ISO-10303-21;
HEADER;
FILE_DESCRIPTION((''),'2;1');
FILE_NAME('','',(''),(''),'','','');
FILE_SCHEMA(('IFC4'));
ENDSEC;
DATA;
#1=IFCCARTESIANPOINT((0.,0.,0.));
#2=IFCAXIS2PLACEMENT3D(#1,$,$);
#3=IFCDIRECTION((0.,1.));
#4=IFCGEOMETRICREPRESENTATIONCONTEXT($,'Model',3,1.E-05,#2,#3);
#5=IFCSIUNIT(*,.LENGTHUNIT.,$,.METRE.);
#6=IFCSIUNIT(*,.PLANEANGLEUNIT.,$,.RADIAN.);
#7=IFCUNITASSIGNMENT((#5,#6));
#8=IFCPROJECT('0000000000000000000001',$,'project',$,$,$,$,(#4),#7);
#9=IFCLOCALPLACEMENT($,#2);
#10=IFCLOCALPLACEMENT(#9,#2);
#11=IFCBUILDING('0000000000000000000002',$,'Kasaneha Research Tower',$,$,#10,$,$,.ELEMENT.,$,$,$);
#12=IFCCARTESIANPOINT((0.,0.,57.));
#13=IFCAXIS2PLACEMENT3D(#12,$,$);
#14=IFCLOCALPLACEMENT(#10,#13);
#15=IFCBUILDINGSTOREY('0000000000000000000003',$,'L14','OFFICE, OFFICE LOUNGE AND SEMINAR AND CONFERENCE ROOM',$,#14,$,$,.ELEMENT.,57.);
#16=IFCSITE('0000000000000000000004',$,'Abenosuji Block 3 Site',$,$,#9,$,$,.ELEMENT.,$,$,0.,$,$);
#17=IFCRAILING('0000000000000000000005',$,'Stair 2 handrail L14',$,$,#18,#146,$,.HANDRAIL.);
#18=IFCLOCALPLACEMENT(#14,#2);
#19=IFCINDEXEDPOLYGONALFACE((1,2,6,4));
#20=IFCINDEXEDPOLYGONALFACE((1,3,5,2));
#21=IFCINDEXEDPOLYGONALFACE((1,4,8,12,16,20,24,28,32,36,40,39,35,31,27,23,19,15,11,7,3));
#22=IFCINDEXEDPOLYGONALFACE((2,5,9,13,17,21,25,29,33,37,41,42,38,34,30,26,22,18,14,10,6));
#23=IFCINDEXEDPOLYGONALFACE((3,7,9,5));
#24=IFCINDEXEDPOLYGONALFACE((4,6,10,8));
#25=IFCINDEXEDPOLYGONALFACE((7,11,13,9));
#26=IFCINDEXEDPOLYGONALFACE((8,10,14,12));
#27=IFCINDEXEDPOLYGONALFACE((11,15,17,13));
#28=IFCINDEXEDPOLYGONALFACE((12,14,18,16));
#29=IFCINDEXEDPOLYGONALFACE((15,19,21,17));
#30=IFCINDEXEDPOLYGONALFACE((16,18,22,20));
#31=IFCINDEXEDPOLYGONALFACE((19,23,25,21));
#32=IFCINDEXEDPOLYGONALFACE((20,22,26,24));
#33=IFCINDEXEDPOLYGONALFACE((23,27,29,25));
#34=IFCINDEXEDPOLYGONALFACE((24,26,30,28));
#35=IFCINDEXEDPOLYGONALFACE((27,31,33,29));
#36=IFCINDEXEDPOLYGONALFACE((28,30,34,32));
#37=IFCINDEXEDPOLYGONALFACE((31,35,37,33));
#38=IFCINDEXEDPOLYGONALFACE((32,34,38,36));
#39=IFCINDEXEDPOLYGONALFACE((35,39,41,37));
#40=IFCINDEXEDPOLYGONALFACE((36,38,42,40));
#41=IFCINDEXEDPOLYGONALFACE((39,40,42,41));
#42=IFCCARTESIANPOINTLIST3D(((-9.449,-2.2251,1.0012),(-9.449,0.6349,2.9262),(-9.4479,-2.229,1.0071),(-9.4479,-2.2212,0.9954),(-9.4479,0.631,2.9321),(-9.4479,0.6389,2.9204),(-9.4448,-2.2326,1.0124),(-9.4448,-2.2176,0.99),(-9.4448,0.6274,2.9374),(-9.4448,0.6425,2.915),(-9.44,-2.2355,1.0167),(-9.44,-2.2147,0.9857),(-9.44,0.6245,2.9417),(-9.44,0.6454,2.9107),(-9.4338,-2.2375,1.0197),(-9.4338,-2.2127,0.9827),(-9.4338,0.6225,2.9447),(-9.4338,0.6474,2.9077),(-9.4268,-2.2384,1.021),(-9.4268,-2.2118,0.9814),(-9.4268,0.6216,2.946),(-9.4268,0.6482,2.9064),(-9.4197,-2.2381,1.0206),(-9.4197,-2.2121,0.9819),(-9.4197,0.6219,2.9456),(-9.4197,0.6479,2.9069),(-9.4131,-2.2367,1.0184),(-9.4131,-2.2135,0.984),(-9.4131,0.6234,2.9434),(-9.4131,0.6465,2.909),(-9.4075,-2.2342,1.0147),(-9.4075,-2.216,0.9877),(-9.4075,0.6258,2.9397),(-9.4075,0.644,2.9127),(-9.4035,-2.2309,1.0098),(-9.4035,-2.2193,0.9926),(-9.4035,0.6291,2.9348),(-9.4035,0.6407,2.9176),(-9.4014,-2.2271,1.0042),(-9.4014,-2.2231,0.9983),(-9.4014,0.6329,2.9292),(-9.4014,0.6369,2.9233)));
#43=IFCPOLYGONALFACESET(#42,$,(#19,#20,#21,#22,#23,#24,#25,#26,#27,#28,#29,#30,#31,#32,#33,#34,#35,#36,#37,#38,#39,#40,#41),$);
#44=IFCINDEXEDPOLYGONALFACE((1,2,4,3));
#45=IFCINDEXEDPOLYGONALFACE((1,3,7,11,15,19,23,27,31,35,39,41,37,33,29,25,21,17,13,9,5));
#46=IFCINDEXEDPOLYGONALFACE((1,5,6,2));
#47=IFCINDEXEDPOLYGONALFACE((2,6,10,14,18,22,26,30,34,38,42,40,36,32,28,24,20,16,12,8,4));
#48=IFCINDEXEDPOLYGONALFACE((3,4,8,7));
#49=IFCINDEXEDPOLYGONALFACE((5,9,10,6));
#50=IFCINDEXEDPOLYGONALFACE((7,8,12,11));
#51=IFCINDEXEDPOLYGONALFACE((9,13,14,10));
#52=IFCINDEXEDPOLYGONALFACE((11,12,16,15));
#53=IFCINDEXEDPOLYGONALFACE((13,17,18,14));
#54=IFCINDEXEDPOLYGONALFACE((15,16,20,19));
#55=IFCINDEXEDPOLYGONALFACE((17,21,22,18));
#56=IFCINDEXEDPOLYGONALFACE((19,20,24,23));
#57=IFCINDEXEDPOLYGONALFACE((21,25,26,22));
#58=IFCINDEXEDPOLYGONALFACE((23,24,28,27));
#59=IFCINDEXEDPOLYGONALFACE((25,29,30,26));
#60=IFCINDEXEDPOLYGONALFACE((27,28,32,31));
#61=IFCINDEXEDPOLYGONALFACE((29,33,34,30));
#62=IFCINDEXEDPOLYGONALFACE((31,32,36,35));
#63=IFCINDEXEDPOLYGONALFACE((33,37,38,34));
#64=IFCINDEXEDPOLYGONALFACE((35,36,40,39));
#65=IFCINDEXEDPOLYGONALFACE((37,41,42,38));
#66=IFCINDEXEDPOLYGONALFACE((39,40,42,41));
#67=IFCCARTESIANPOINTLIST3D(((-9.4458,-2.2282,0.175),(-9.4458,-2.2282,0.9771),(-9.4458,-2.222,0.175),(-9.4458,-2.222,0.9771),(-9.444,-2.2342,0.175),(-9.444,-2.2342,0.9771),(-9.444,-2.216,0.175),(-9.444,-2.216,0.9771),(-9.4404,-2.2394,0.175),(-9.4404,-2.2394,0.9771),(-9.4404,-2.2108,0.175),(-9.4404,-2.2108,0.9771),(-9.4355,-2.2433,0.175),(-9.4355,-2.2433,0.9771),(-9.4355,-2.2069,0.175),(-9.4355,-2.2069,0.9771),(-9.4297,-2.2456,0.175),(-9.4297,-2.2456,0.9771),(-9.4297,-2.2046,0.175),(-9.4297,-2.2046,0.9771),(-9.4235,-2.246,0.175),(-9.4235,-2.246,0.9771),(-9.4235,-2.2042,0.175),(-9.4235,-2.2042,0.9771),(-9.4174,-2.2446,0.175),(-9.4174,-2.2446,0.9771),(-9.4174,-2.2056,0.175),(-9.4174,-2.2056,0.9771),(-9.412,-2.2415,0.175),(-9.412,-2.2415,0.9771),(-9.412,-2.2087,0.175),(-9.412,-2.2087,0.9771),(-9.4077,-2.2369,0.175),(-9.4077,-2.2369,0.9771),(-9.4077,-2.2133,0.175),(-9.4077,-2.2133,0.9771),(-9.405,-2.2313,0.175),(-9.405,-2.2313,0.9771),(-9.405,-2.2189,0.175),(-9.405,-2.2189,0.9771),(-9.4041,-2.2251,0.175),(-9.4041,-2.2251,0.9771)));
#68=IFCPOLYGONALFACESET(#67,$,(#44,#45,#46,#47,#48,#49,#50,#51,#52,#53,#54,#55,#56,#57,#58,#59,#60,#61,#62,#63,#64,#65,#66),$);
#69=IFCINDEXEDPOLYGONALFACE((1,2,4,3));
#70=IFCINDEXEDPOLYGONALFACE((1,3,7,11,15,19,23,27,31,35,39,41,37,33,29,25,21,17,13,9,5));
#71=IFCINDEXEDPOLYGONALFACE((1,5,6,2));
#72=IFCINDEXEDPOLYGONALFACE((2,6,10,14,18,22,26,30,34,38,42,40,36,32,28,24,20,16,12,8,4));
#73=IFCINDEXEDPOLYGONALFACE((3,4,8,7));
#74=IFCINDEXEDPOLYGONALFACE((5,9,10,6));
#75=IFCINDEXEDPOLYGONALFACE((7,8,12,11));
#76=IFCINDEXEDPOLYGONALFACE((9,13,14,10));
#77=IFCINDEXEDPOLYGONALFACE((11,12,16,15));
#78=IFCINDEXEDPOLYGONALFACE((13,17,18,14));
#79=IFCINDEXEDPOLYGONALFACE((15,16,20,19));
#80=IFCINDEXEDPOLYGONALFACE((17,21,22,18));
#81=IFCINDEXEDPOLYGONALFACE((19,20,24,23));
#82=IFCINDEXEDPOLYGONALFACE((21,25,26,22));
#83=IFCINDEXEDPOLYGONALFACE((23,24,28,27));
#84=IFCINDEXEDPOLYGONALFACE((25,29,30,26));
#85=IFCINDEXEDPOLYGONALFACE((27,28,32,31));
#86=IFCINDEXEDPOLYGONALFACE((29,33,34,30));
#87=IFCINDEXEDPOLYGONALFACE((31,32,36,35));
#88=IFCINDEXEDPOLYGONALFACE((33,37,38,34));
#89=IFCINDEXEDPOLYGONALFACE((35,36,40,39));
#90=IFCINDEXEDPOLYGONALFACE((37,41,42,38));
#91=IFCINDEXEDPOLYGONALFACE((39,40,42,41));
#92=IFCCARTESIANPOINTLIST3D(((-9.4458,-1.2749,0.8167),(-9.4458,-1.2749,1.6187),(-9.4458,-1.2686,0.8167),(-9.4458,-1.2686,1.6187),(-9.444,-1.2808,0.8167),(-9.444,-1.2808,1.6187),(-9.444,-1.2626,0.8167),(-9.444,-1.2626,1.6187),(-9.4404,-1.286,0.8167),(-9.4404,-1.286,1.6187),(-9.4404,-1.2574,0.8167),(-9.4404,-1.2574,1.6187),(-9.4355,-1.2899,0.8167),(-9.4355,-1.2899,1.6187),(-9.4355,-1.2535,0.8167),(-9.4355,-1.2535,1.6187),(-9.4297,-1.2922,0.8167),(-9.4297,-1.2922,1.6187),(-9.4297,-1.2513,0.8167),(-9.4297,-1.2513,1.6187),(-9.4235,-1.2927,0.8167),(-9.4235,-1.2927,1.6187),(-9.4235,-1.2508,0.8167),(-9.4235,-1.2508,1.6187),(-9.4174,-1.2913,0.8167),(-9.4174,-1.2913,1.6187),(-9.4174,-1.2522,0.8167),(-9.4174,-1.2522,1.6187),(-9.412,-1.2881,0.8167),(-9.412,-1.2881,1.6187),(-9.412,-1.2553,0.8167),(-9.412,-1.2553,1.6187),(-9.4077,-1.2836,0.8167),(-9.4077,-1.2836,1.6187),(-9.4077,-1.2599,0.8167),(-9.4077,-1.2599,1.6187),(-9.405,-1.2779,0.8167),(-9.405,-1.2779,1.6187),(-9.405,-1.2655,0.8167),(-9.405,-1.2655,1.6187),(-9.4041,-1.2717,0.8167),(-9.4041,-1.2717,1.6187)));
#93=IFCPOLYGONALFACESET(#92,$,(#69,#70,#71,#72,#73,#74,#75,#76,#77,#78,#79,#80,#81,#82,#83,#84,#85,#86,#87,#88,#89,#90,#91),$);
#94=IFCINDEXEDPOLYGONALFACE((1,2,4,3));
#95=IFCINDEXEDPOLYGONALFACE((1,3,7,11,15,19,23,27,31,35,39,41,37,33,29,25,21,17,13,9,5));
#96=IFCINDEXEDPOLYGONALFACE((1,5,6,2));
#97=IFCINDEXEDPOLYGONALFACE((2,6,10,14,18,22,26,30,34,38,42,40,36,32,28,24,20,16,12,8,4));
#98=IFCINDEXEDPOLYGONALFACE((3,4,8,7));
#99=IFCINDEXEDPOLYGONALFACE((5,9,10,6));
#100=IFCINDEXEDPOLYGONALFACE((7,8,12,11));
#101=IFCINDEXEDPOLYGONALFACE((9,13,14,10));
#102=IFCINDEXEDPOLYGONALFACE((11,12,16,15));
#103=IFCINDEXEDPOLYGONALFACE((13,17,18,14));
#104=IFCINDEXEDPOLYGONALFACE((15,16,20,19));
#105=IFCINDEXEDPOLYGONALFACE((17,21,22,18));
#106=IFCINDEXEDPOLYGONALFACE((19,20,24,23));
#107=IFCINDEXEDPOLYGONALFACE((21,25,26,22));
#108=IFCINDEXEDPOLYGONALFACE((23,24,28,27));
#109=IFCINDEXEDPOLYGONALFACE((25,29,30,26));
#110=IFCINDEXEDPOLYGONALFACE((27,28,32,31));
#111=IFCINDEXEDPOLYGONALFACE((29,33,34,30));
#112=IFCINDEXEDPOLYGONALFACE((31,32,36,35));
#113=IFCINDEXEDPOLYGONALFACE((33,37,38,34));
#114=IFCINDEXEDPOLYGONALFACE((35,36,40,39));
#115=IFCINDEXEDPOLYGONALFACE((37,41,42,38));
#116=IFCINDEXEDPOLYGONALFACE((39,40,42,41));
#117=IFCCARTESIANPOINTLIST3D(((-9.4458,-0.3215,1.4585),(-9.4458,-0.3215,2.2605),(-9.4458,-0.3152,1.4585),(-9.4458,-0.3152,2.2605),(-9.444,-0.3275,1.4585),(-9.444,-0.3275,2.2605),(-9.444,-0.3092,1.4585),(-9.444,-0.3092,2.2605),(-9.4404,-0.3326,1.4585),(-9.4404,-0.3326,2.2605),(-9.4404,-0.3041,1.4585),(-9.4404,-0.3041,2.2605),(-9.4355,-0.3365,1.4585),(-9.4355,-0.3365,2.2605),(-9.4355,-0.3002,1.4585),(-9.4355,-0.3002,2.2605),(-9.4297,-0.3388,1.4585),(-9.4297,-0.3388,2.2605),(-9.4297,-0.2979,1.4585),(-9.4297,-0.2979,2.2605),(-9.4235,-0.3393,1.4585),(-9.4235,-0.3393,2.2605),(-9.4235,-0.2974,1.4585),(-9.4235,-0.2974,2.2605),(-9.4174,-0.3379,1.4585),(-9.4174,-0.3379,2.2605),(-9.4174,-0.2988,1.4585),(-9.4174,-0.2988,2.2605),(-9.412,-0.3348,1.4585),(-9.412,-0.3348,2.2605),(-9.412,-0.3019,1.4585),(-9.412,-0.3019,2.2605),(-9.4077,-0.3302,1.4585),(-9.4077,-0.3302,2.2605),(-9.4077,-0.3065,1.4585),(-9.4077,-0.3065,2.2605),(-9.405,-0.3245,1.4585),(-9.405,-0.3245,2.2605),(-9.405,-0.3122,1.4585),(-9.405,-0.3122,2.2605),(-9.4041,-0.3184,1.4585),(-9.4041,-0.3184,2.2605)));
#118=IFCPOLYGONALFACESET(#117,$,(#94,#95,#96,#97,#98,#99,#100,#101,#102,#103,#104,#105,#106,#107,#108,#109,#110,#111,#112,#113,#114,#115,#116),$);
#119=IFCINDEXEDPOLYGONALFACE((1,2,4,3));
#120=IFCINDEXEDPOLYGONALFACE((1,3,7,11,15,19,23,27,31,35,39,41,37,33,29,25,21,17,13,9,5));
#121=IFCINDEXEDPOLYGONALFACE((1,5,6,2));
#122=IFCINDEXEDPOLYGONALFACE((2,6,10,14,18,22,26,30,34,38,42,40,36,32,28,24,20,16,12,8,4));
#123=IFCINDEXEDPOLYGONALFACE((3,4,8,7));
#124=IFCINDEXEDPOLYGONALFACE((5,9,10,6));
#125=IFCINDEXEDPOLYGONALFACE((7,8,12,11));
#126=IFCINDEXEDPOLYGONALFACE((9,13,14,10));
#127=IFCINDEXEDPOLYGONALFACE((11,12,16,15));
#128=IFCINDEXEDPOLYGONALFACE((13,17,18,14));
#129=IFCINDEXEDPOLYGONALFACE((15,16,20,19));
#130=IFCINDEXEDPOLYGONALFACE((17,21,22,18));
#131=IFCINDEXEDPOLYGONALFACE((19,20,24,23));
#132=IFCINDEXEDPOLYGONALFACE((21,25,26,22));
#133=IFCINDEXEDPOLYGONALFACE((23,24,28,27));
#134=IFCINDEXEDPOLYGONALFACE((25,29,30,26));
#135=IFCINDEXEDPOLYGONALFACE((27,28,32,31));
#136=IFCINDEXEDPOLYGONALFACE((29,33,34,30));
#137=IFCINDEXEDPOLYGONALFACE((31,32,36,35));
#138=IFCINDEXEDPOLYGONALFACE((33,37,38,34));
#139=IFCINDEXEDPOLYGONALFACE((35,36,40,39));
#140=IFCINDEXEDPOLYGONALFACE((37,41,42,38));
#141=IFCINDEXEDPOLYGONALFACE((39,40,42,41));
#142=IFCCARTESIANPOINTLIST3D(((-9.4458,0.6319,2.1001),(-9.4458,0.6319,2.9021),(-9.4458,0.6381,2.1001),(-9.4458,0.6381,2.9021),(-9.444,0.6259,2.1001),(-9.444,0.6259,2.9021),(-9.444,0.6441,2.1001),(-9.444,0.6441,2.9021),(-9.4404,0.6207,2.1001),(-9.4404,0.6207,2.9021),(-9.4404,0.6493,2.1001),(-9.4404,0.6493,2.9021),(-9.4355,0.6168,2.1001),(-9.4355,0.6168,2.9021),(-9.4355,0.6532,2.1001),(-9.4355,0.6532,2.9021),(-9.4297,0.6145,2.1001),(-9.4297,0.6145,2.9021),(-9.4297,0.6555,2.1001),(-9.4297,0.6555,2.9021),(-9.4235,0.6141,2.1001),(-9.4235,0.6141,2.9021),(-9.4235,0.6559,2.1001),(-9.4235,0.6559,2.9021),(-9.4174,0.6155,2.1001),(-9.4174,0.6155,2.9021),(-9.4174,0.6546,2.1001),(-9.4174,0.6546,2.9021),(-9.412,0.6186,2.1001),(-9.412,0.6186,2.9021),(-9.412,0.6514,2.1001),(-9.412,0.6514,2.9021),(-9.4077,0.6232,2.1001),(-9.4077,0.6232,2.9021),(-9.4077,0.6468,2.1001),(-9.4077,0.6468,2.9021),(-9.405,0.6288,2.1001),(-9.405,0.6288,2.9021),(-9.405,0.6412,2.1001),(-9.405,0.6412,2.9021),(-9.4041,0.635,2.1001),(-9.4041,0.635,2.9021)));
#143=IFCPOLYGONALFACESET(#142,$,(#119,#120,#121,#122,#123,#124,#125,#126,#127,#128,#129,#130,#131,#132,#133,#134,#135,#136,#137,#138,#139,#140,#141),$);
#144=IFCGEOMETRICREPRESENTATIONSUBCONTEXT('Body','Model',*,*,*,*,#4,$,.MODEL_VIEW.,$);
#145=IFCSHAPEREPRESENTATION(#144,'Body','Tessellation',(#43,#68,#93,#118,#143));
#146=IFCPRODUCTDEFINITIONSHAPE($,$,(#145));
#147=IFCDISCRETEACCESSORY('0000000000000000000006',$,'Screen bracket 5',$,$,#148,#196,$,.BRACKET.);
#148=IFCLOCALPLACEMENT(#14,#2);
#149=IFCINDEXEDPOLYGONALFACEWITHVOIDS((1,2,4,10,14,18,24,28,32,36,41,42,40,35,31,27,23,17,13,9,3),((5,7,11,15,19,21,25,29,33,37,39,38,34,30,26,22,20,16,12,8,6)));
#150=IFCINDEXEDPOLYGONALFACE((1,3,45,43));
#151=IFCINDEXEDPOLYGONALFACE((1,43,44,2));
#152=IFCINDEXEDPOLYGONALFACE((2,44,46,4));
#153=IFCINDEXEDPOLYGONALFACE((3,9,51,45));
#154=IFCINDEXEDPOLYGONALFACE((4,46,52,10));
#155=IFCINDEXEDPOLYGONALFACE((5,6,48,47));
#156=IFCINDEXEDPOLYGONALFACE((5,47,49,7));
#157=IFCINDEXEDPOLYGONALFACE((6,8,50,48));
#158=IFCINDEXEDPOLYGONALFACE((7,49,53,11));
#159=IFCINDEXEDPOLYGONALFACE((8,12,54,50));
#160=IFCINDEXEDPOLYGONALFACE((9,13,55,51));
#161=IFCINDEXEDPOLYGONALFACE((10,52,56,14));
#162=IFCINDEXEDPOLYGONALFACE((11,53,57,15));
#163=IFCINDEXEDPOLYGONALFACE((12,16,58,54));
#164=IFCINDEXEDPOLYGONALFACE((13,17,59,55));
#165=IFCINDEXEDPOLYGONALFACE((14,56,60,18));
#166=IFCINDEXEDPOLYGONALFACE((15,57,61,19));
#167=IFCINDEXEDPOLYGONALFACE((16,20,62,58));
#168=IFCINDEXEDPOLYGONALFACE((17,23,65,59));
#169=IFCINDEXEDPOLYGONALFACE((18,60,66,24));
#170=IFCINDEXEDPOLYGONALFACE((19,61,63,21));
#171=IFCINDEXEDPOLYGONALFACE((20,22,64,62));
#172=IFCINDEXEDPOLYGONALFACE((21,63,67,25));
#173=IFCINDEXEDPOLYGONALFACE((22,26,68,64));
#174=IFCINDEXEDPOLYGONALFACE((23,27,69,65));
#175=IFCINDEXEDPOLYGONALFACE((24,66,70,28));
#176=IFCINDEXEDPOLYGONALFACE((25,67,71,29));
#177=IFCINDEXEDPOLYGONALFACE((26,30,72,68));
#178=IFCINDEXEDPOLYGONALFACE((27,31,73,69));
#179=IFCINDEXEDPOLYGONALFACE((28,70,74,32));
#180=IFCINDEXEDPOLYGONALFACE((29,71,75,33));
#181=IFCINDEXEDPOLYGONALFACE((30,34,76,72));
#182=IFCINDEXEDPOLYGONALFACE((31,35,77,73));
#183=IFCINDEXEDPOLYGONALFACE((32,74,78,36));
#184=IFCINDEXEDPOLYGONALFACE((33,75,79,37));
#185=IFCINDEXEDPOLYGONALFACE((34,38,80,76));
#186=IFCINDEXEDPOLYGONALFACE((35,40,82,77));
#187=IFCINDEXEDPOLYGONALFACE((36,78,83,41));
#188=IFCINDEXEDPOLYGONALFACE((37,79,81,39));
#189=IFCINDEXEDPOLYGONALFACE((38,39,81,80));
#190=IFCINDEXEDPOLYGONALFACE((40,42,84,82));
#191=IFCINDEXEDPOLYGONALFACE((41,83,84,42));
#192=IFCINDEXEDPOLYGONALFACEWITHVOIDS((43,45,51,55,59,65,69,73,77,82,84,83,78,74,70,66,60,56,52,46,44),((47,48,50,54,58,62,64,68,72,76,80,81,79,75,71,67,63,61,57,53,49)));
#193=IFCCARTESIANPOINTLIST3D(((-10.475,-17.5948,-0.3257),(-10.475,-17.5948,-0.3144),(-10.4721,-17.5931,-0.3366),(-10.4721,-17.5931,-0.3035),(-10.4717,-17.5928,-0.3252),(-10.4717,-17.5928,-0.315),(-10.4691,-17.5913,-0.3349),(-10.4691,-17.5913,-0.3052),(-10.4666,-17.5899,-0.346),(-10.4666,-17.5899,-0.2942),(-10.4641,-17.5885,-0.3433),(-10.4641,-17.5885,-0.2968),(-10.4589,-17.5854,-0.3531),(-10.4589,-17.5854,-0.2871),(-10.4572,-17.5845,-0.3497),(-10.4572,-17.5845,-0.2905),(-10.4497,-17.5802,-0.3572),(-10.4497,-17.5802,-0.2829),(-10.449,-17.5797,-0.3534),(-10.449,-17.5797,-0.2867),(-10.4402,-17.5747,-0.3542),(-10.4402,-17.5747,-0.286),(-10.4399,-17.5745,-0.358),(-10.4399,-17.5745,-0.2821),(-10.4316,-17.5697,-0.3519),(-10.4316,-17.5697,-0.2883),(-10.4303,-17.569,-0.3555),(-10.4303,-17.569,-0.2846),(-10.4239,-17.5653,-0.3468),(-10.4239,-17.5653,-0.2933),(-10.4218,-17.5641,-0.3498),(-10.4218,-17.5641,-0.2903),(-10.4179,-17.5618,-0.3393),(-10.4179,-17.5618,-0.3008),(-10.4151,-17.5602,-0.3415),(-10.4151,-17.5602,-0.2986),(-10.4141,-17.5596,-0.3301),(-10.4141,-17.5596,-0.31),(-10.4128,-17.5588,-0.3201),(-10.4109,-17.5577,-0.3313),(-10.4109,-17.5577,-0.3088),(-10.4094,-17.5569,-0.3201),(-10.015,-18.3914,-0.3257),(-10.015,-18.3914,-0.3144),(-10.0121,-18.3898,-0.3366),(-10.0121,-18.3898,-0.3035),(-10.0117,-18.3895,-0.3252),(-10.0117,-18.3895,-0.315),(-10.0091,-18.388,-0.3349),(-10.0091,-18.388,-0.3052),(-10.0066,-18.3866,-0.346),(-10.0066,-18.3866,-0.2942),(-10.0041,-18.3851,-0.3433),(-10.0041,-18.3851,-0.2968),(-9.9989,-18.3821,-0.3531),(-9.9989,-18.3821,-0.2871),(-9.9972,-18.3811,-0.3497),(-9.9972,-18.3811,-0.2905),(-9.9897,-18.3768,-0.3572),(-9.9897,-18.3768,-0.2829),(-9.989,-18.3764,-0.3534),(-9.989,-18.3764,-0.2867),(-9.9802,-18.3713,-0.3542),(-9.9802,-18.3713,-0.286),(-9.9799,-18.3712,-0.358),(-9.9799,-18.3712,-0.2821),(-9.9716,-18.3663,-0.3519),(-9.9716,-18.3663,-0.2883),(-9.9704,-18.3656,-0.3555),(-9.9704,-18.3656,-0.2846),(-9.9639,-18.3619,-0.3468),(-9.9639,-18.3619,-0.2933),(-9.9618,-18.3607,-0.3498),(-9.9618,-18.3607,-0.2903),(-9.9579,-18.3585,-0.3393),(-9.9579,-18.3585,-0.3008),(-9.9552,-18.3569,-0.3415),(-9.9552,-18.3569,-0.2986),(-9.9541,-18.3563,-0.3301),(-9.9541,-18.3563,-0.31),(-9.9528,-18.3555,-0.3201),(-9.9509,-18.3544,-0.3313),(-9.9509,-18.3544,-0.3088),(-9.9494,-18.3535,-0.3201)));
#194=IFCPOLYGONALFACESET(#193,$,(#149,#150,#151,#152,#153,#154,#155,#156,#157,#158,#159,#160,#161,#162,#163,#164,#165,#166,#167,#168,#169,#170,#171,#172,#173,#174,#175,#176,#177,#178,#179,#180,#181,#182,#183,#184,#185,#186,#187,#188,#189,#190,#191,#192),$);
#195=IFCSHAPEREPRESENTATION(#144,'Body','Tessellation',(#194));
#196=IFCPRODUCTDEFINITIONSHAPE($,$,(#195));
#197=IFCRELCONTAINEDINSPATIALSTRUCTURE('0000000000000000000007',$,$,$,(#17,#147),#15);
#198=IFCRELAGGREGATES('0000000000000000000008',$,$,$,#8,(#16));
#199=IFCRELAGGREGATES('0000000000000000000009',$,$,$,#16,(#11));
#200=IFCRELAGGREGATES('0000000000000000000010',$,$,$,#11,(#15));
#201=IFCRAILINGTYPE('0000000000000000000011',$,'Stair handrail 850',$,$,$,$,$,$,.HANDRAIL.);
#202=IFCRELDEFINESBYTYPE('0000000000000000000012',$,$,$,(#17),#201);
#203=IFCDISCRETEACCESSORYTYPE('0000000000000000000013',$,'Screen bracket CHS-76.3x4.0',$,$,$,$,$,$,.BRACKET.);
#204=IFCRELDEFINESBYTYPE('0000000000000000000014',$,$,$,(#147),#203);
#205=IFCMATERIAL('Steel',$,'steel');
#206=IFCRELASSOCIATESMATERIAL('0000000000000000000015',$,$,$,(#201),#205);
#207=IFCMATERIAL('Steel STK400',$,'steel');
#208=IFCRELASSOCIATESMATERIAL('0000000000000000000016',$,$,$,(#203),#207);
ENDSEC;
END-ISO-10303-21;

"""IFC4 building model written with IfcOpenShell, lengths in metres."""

from ifc_helpers import new_model, si_unit, direction, frame, origin, origin_2d, place, context, subcontext, project, spatial, circle, hollow_circle, extrude, material, material_profile, profile_set, type_object, element, save


model = new_model("IFC4")

# Units and contexts
model_context = context("Model", 3, precision=1e-05, world=origin(), true_north=direction((0.0, 1.0)))
body_context = subcontext(model_context, "Body", "Model", "MODEL_VIEW")
ifc_project = project(units=[si_unit("LENGTHUNIT", "METRE"), si_unit("PLANEANGLEUNIT", "RADIAN")], contexts=[model_context])

# Site, building, storey
site_placement = place(None, origin())
site = spatial("IfcSite", under=ifc_project, at=site_placement, Name="Abenosuji Block 3 Site", CompositionType="ELEMENT", RefElevation=0.0)
building_placement = place(site_placement, origin())
building = spatial("IfcBuilding", under=site, at=building_placement, Name="Kasaneha Research Tower", CompositionType="ELEMENT")
storey_placement = place(building_placement, frame((0.0, 0.0, 57.0)))
storey = spatial("IfcBuildingStorey", under=building, at=storey_placement, Name="L14", Description="OFFICE, OFFICE LOUNGE AND SEMINAR AND CONFERENCE ROOM", CompositionType="ELEMENT", Elevation=57.0)

# Railing
ifc_material_1 = material(Name="Steel", Category="steel")
railing_type = type_object("IfcRailingType", Name="Stair handrail 850", PredefinedType="HANDRAIL", material=ifc_material_1)
railing_placement = place(storey_placement, frame((-9.425, -2.2251, 0.175)))
element("IfcRailing", 1, at=railing_placement, inside=storey, type_object=railing_type, Name="Stair 2 handrail L14", PredefinedType="HANDRAIL", context=body_context, shape_type="SweptSolid", body=[
    extrude(circle(Radius=0.0239, at=origin_2d()), frame((0.0, 0.0, 0.8262), z_axis=(0.0, 0.829591, 0.558372), x_axis=(-1.0, 0.0, 0.0)), (0.0, 0.0, 1.0), 3.4475),
    extrude(circle(Radius=0.021, at=origin_2d()), origin(), (0.0, 0.0, 1.0), 0.802),
    extrude(circle(Radius=0.021, at=origin_2d()), frame((0.0, 0.9534, 0.6416)), (0.0, 0.0, 1.0), 0.802),
    extrude(circle(Radius=0.021, at=origin_2d()), frame((0.0, 1.9067, 1.2834)), (0.0, 0.0, 1.0), 0.802),
    extrude(circle(Radius=0.021, at=origin_2d()), frame((0.0, 2.8601, 1.925)), (0.0, 0.0, 1.0), 0.802),
])

# Discrete accessory
ifc_material_2 = material(Name="Steel STK400", Category="steel")
ifc_material_profile_1 = material_profile(ifc_material_2, hollow_circle(Radius=0.0381, WallThickness=0.0039, at=origin_2d()), Name="CHS-76.3x4.0")
ifc_profile_set_1 = profile_set([ifc_material_profile_1], Name="Steel STK400")
discrete_accessory_type = type_object("IfcDiscreteAccessoryType", Name="Screen bracket CHS-76.3x4.0", PredefinedType="BRACKET", material=ifc_profile_set_1)
for number, where, z_axis, x_axis, name in (
    (2, (-10.4424, -17.5759, -0.3201), (0.500021, -0.866013, 0.0), (0.866013, 0.500021, 0.0), "Screen bracket 5"),
):
    element("IfcDiscreteAccessory", number, at=place(storey_placement, frame(where, z_axis=z_axis, x_axis=x_axis)), inside=storey, type_object=discrete_accessory_type, Name=name, PredefinedType="BRACKET", context=body_context, shape_type="SweptSolid", body=[
        extrude(hollow_circle(Radius=0.0381, WallThickness=0.0039, at=origin_2d()), origin(), (0.0, 0.0, 1.0), 0.9199),
    ])

save(model, "model.ifc")
